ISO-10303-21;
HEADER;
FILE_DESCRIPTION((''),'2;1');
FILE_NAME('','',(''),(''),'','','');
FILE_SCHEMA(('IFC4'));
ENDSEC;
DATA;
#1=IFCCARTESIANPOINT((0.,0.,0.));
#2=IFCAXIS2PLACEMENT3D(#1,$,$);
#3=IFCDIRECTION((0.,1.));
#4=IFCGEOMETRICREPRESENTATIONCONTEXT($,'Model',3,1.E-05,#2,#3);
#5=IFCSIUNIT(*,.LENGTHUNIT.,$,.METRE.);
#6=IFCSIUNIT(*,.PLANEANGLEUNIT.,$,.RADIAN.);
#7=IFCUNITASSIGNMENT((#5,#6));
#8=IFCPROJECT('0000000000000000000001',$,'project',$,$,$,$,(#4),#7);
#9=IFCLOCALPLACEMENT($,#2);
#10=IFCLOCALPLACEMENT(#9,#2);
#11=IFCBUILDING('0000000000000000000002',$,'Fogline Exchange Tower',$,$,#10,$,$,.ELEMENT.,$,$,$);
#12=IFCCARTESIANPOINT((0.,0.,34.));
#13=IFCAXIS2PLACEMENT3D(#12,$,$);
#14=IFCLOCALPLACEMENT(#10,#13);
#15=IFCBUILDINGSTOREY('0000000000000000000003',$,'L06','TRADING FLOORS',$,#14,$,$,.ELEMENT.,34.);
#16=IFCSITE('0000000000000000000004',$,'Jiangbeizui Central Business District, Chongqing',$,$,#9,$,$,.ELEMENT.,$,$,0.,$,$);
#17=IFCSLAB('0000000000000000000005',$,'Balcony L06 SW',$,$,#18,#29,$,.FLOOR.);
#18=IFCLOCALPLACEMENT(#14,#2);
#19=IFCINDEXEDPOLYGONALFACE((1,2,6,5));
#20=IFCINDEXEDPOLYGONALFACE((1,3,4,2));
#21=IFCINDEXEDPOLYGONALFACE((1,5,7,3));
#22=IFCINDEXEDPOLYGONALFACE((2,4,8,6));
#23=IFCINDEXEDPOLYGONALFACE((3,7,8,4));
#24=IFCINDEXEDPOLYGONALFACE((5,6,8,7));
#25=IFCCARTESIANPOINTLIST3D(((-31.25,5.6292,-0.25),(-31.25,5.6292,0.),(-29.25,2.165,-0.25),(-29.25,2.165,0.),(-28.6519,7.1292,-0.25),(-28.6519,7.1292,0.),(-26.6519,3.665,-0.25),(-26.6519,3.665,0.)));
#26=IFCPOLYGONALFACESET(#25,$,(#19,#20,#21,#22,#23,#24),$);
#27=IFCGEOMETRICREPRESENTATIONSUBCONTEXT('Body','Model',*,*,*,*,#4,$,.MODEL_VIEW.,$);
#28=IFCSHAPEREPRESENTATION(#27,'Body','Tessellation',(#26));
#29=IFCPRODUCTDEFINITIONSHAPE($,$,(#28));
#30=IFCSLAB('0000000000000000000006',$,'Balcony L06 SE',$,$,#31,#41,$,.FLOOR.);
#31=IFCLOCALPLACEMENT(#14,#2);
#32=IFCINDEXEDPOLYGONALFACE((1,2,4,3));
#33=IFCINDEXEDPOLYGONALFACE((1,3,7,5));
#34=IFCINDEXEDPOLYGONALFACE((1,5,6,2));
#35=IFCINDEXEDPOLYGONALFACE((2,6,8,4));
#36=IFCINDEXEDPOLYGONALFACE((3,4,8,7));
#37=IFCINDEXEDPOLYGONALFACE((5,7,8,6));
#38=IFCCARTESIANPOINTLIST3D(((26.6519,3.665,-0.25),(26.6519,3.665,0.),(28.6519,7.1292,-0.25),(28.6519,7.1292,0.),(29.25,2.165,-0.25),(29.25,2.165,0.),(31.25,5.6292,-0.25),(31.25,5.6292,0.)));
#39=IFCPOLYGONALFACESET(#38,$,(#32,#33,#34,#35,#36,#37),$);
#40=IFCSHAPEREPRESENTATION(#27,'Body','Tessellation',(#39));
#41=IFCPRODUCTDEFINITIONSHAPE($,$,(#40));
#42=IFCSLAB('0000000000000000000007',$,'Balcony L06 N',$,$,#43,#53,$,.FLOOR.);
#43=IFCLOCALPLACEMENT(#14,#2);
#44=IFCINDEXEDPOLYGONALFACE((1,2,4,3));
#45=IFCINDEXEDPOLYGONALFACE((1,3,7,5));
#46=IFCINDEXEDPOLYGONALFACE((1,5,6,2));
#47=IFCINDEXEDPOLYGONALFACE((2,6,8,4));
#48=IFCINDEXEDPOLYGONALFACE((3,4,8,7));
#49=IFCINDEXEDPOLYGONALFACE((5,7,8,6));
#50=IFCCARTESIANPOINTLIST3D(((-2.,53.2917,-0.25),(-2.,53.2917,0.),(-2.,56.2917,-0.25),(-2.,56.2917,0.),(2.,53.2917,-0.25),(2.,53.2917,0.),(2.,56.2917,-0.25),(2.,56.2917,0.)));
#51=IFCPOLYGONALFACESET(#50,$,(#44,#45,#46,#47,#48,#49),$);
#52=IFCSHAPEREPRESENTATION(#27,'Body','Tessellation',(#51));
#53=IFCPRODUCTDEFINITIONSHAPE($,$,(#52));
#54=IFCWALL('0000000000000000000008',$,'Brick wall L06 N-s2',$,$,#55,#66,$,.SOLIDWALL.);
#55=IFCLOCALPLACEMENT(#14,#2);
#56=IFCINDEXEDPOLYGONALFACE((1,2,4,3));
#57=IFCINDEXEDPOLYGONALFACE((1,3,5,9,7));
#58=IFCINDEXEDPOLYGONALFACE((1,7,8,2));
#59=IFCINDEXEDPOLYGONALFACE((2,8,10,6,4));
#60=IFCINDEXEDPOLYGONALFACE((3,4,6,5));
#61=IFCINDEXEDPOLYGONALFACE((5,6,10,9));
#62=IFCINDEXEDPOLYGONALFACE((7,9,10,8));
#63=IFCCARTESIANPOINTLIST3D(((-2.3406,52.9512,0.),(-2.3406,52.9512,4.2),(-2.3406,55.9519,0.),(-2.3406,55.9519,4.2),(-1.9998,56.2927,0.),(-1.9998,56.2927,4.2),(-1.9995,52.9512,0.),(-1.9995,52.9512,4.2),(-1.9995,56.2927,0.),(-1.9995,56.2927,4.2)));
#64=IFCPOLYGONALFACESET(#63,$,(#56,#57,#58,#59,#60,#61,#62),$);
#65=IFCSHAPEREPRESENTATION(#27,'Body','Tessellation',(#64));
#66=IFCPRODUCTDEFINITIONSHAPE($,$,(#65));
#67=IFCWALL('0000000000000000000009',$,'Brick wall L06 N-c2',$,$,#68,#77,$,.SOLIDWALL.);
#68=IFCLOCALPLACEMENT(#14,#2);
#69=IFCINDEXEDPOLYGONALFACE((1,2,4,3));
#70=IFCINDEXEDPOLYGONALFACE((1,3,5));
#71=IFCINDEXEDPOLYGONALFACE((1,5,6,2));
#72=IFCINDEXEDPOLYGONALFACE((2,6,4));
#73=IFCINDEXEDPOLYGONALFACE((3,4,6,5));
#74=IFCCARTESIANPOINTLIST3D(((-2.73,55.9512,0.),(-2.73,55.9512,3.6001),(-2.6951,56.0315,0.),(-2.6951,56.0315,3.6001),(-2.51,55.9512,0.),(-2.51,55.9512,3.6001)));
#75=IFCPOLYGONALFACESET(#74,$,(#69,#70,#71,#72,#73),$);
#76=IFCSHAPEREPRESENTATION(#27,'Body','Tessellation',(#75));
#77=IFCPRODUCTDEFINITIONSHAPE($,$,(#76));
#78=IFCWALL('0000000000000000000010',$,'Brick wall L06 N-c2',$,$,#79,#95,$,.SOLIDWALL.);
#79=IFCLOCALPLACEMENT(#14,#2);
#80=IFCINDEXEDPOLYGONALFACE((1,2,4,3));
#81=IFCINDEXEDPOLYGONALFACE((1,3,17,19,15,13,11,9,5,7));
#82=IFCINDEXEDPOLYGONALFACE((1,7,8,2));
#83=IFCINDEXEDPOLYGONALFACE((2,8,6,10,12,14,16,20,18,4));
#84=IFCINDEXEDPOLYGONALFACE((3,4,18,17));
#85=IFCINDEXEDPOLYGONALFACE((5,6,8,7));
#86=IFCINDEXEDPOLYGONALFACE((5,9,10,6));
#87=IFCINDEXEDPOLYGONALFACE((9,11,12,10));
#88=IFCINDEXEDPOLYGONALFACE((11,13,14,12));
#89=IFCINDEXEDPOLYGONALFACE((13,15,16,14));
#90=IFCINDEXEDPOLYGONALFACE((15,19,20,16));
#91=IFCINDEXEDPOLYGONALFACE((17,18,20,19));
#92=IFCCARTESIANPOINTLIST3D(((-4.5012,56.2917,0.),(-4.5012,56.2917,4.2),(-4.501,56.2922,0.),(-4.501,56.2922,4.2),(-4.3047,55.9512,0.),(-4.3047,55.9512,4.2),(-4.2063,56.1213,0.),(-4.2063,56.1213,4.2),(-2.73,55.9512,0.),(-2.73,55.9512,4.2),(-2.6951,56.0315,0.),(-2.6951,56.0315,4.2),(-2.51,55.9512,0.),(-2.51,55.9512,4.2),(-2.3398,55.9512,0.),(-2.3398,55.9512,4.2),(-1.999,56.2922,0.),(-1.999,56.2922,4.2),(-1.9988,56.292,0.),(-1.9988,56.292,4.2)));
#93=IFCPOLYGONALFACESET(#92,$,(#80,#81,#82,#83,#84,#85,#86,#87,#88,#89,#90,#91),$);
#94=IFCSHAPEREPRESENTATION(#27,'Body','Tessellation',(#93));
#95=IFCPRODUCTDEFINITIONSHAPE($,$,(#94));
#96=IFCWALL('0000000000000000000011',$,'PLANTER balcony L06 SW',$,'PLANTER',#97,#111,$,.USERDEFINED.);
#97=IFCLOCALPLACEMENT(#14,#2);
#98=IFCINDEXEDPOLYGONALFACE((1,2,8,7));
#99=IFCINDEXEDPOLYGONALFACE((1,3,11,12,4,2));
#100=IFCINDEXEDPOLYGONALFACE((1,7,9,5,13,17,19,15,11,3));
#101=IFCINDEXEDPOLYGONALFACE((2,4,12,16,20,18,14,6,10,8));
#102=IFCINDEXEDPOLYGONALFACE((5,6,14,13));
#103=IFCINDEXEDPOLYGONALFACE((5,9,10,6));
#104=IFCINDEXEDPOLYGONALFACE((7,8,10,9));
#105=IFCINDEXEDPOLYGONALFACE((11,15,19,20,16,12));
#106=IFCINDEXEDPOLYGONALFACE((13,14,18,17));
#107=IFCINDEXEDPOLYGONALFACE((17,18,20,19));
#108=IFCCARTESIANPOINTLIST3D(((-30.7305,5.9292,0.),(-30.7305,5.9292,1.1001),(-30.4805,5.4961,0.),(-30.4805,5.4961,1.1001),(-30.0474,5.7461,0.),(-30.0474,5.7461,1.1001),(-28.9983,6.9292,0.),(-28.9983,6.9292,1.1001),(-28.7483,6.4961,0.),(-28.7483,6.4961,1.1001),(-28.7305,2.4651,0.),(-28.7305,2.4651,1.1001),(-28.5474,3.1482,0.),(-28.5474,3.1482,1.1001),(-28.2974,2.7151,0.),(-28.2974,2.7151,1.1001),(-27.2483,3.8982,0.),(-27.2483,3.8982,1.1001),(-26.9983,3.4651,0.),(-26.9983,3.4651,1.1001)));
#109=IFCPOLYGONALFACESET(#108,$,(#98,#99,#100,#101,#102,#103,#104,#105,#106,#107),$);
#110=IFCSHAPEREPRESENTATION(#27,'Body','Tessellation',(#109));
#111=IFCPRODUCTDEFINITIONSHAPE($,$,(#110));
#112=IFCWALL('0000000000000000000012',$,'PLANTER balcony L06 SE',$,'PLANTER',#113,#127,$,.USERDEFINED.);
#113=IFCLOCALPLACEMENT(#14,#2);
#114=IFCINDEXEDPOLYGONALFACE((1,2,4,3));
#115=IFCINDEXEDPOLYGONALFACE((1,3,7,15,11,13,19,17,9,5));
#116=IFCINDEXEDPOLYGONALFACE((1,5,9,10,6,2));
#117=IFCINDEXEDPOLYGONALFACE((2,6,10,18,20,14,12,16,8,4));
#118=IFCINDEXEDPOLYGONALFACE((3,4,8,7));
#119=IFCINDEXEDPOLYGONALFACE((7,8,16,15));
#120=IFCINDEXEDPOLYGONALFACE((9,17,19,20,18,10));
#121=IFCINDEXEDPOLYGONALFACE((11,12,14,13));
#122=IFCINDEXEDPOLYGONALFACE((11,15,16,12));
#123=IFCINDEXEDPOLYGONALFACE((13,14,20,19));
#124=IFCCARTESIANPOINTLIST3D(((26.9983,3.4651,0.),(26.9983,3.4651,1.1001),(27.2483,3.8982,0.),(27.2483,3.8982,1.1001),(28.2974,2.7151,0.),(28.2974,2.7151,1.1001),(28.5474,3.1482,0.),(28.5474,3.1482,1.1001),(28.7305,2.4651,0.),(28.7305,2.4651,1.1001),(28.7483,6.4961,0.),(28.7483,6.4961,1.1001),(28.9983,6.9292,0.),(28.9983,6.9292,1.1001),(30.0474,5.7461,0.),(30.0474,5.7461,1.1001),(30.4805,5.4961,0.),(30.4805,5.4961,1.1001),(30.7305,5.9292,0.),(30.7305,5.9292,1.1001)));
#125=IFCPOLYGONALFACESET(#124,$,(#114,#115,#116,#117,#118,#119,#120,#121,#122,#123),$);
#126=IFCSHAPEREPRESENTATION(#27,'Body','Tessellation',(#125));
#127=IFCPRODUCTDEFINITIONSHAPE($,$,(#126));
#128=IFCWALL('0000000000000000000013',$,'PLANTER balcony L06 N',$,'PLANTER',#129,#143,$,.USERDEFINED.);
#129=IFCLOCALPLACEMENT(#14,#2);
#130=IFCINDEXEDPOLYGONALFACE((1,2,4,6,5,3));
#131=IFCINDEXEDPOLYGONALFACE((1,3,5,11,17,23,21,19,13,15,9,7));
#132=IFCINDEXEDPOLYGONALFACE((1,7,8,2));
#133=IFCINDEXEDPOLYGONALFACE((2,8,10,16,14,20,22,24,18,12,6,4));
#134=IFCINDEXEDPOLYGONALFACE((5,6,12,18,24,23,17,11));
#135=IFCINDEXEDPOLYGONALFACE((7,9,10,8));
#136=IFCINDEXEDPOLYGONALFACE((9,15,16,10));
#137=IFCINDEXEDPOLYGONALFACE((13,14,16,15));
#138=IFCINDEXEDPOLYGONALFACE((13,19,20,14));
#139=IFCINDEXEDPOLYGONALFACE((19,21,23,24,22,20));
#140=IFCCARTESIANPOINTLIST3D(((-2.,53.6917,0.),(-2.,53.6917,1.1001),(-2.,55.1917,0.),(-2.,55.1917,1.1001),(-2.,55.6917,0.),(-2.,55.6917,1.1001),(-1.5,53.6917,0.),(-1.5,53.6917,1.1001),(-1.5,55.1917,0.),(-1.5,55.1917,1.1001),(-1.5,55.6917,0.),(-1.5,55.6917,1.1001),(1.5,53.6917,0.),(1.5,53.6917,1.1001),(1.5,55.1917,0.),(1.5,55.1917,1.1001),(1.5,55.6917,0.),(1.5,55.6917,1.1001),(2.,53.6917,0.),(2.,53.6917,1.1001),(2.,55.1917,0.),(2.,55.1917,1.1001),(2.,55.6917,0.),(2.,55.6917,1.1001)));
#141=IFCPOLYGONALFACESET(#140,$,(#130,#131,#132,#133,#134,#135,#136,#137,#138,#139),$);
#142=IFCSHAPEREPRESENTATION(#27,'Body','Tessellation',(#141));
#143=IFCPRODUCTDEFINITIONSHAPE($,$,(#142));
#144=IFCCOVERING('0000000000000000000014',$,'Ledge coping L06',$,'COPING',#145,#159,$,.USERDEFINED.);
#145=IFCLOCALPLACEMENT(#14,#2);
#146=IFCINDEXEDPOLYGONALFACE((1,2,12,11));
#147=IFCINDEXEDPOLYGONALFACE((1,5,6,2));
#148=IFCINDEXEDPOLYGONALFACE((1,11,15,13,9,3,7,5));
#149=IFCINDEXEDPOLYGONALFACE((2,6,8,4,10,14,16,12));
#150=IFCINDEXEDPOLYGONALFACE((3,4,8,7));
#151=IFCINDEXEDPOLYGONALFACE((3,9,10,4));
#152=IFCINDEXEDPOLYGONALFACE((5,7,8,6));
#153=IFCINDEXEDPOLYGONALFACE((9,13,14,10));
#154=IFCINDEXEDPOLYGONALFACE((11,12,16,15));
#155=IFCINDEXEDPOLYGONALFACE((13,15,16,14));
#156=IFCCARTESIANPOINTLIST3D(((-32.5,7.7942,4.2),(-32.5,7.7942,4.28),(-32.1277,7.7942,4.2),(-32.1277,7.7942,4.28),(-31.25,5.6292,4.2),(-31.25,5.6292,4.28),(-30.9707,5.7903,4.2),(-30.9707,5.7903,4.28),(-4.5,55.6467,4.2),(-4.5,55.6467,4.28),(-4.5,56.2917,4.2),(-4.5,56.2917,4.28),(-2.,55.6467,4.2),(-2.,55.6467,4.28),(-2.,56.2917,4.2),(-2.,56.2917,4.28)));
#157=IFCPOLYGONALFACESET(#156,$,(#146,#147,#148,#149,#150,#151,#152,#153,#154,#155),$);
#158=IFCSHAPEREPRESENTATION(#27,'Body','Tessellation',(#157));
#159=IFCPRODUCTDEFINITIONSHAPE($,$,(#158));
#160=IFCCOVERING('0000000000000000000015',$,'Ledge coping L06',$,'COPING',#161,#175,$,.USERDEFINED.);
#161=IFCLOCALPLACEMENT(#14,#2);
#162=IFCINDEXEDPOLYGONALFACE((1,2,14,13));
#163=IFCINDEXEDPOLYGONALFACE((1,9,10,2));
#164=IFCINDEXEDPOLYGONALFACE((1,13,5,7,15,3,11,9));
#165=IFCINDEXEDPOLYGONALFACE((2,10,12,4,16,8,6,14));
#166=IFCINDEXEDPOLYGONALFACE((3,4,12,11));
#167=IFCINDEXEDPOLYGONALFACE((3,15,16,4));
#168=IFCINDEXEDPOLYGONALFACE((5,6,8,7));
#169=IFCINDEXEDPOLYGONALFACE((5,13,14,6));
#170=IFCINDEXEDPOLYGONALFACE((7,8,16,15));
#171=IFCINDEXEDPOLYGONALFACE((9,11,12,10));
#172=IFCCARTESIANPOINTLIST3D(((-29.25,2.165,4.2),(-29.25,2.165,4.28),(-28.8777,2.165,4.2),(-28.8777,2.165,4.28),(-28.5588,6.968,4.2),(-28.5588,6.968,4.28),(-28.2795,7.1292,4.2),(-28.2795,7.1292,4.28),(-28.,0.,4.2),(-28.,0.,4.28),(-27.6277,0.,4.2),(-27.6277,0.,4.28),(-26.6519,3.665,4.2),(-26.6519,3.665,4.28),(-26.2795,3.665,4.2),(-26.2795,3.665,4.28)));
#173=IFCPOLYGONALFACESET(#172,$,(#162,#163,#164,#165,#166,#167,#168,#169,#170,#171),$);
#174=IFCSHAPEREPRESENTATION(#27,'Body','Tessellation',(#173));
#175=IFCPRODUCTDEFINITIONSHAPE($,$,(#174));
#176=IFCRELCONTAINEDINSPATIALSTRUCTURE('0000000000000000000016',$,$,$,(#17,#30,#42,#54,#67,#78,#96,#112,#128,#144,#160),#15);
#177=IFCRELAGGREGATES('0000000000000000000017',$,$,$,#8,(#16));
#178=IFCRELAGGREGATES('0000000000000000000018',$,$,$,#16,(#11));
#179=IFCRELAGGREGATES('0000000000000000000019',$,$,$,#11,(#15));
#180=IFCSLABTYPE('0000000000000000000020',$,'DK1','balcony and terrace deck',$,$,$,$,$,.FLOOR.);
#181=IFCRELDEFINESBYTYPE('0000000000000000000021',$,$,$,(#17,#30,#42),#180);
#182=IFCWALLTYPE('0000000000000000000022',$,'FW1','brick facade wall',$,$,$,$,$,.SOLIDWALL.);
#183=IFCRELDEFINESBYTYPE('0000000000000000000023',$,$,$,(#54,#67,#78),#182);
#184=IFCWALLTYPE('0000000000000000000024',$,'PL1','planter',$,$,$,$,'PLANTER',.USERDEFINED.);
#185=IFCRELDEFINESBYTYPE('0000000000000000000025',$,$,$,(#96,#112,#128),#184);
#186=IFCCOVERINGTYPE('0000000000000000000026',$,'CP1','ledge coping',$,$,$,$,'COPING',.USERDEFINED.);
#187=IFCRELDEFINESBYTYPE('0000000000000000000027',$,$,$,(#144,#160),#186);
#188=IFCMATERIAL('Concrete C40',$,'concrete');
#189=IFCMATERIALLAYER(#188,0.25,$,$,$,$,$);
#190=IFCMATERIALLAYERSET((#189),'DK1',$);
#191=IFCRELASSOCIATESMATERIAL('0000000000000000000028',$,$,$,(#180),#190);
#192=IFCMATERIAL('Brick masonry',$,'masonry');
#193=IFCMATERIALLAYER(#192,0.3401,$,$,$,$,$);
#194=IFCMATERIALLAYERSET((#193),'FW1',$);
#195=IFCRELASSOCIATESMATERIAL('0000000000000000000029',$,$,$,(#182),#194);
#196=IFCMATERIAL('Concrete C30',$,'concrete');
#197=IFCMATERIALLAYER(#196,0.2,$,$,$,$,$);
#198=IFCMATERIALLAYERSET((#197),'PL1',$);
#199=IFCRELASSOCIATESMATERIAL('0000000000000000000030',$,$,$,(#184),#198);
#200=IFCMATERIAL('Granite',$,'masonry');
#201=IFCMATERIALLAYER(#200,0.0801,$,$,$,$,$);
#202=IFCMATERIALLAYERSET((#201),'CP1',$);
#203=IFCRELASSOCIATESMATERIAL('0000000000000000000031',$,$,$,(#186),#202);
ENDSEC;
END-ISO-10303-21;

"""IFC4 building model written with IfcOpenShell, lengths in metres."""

from ifc_helpers import new_model, si_unit, direction, frame, origin, place, context, subcontext, project, spatial, polyline, outline, extrude, material, layer, layer_set, type_object, element, save


model = new_model("IFC4")

# Units and contexts
model_context = context("Model", 3, precision=1e-05, world=origin(), true_north=direction((0.0, 1.0)))
body_context = subcontext(model_context, "Body", "Model", "MODEL_VIEW")
ifc_project = project(units=[si_unit("LENGTHUNIT", "METRE"), si_unit("PLANEANGLEUNIT", "RADIAN")], contexts=[model_context])

# Site, building, storey
site_placement = place(None, origin())
site = spatial("IfcSite", under=ifc_project, at=site_placement, Name="Jiangbeizui Central Business District, Chongqing", CompositionType="ELEMENT", RefElevation=0.0)
building_placement = place(site_placement, origin())
building = spatial("IfcBuilding", under=site, at=building_placement, Name="Fogline Exchange Tower", CompositionType="ELEMENT")
storey_placement = place(building_placement, frame((0.0, 0.0, 34.0)))
storey = spatial("IfcBuildingStorey", under=building, at=storey_placement, Name="L06", Description="TRADING FLOORS", CompositionType="ELEMENT", Elevation=34.0)

# Slabs
ifc_material_1 = material(Name="Concrete C40", Category="concrete")
ifc_layer_1 = layer(ifc_material_1, 0.25)
ifc_layer_set_1 = layer_set([ifc_layer_1], Name="DK1")
slab_type = type_object("IfcSlabType", Name="DK1", Description="balcony and terrace deck", PredefinedType="FLOOR", material=ifc_layer_set_1)
slab_1_placement = place(storey_placement, frame((0.0, 0.0, -0.25)))
element("IfcSlab", 1, at=slab_1_placement, inside=storey, type_object=slab_type, Name="Balcony L06 SW", PredefinedType="FLOOR", context=body_context, shape_type="SweptSolid", body=[
    extrude(outline(polyline([(-31.25, 5.6292), (-29.25, 2.165), (-26.6519, 3.665), (-28.6519, 7.1292), (-31.25, 5.6292)])), origin(), (0.0, 0.0, 1.0), 0.25),
])
slab_2_placement = place(storey_placement, frame((0.0, 0.0, -0.25)))
element("IfcSlab", 2, at=slab_2_placement, inside=storey, type_object=slab_type, Name="Balcony L06 SE", PredefinedType="FLOOR", context=body_context, shape_type="SweptSolid", body=[
    extrude(outline(polyline([(29.25, 2.165), (31.25, 5.6292), (28.6519, 7.1292), (26.6519, 3.665), (29.25, 2.165)])), origin(), (0.0, 0.0, 1.0), 0.25),
])
slab_3_placement = place(storey_placement, frame((0.0, 0.0, -0.25)))
element("IfcSlab", 3, at=slab_3_placement, inside=storey, type_object=slab_type, Name="Balcony L06 N", PredefinedType="FLOOR", context=body_context, shape_type="SweptSolid", body=[
    extrude(outline(polyline([(2.0, 56.2917), (-2.0, 56.2917), (-2.0, 53.2917), (2.0, 53.2917), (2.0, 56.2917)])), origin(), (0.0, 0.0, 1.0), 0.25),
])

# Walls
ifc_material_2 = material(Name="Brick masonry", Category="masonry")
ifc_layer_2 = layer(ifc_material_2, 0.3401)
ifc_layer_set_2 = layer_set([ifc_layer_2], Name="FW1")
wall_type_1 = type_object("IfcWallType", Name="FW1", Description="brick facade wall", PredefinedType="SOLIDWALL", material=ifc_layer_set_2)
wall_1_placement = place(storey_placement, origin())
element("IfcWall", 4, at=wall_1_placement, inside=storey, type_object=wall_type_1, Name="Brick wall L06 N-s2", PredefinedType="SOLIDWALL", context=body_context, shape_type="SweptSolid", body=[
    extrude(outline(polyline([(-1.9995, 56.2927), (-1.9995, 52.9512), (-2.3406, 52.9512), (-2.3406, 55.9519), (-1.9998, 56.2927), (-1.9995, 56.2927)])), origin(), (0.0, 0.0, 1.0), 4.2),
])
wall_2_placement = place(storey_placement, origin())
element("IfcWall", 5, at=wall_2_placement, inside=storey, type_object=wall_type_1, Name="Brick wall L06 N-c2", PredefinedType="SOLIDWALL", context=body_context, shape_type="SweptSolid", body=[
    extrude(outline(polyline([(-2.73, 55.9512), (-2.6951, 56.0315), (-2.51, 55.9512), (-2.73, 55.9512)])), origin(), (0.0, 0.0, 1.0), 3.6001),
])
wall_3_placement = place(storey_placement, origin())
element("IfcWall", 6, at=wall_3_placement, inside=storey, type_object=wall_type_1, Name="Brick wall L06 N-c2", PredefinedType="SOLIDWALL", context=body_context, shape_type="SweptSolid", body=[
    extrude(outline(polyline([(-4.2063, 56.1213), (-4.5012, 56.2917), (-4.501, 56.2922), (-1.999, 56.2922), (-1.9988, 56.292), (-2.3398, 55.9512), (-2.51, 55.9512), (-2.6951, 56.0315), (-2.73, 55.9512), (-4.3047, 55.9512), (-4.2063, 56.1213)])), origin(), (0.0, 0.0, 1.0), 4.2),
])
ifc_material_3 = material(Name="Concrete C30", Category="concrete")
ifc_layer_3 = layer(ifc_material_3, 0.2)
ifc_layer_set_3 = layer_set([ifc_layer_3], Name="PL1")
wall_type_2 = type_object("IfcWallType", Name="PL1", Description="planter", ElementType="PLANTER", PredefinedType="USERDEFINED", material=ifc_layer_set_3)
wall_4_placement = place(storey_placement, origin())
element("IfcWall", 7, at=wall_4_placement, inside=storey, type_object=wall_type_2, Name="PLANTER balcony L06 SW", ObjectType="PLANTER", PredefinedType="USERDEFINED", context=body_context, shape_type="SweptSolid", body=[
    extrude(outline(polyline([(-27.2483, 3.8982), (-28.5474, 3.1482), (-30.0474, 5.7461), (-28.7483, 6.4961), (-28.9983, 6.9292), (-30.7305, 5.9292), (-30.4805, 5.4961), (-28.7305, 2.4651), (-28.2974, 2.7151), (-28.2974, 2.7151), (-26.9983, 3.4651), (-27.2483, 3.8982)])), origin(), (0.0, 0.0, 1.0), 1.1001),
])
wall_5_placement = place(storey_placement, origin())
element("IfcWall", 8, at=wall_5_placement, inside=storey, type_object=wall_type_2, Name="PLANTER balcony L06 SE", ObjectType="PLANTER", PredefinedType="USERDEFINED", context=body_context, shape_type="SweptSolid", body=[
    extrude(outline(polyline([(26.9983, 3.4651), (28.2974, 2.7151), (28.2974, 2.7151), (28.7305, 2.4651), (30.4805, 5.4961), (30.7305, 5.9292), (28.9983, 6.9292), (28.7483, 6.4961), (30.0474, 5.7461), (28.5474, 3.1482), (27.2483, 3.8982), (26.9983, 3.4651)])), origin(), (0.0, 0.0, 1.0), 1.1001),
])
wall_6_placement = place(storey_placement, origin())
element("IfcWall", 9, at=wall_6_placement, inside=storey, type_object=wall_type_2, Name="PLANTER balcony L06 N", ObjectType="PLANTER", PredefinedType="USERDEFINED", context=body_context, shape_type="SweptSolid", body=[
    extrude(outline(polyline([(-1.5, 55.6917), (-2.0, 55.6917), (-2.0, 55.1917), (-2.0, 53.6917), (-1.5, 53.6917), (-1.5, 55.1917), (1.5, 55.1917), (1.5, 53.6917), (2.0, 53.6917), (2.0, 55.1917), (2.0, 55.6917), (1.5, 55.6917), (-1.5, 55.6917)])), origin(), (0.0, 0.0, 1.0), 1.1001),
])

# Coverings
ifc_material_4 = material(Name="Granite", Category="masonry")
ifc_layer_4 = layer(ifc_material_4, 0.0801)
ifc_layer_set_4 = layer_set([ifc_layer_4], Name="CP1")
covering_type_1 = type_object("IfcCoveringType", Name="CP1", Description="ledge coping", ElementType="COPING", PredefinedType="USERDEFINED", material=ifc_layer_set_4)
covering_1_placement = place(storey_placement, frame((0.0, 0.0, 4.2)))
element("IfcCovering", 10, at=covering_1_placement, inside=storey, type_object=covering_type_1, Name="Ledge coping L06", ObjectType="COPING", PredefinedType="USERDEFINED", context=body_context, shape_type="SweptSolid", body=[
    extrude(outline(polyline([(-31.25, 5.6292), (-30.9707, 5.7903), (-32.1277, 7.7942), (-4.5, 55.6467), (-2.0, 55.6467), (-2.0, 56.2917), (-4.5, 56.2917), (-32.5, 7.7942), (-31.25, 5.6292)])), origin(), (0.0, 0.0, 1.0), 0.0801),
])
covering_2_placement = place(storey_placement, frame((0.0, 0.0, 4.2)))
element("IfcCovering", 11, at=covering_2_placement, inside=storey, type_object=covering_type_1, Name="Ledge coping L06", ObjectType="COPING", PredefinedType="USERDEFINED", context=body_context, shape_type="SweptSolid", body=[
    extrude(outline(polyline([(-28.0, 0.0), (-27.6277, 0.0), (-28.8777, 2.165), (-26.2795, 3.665), (-28.2795, 7.1292), (-28.5588, 6.968), (-26.6519, 3.665), (-29.25, 2.165), (-28.0, 0.0)])), origin(), (0.0, 0.0, 1.0), 0.0801),
])

save(model, "model.ifc")
